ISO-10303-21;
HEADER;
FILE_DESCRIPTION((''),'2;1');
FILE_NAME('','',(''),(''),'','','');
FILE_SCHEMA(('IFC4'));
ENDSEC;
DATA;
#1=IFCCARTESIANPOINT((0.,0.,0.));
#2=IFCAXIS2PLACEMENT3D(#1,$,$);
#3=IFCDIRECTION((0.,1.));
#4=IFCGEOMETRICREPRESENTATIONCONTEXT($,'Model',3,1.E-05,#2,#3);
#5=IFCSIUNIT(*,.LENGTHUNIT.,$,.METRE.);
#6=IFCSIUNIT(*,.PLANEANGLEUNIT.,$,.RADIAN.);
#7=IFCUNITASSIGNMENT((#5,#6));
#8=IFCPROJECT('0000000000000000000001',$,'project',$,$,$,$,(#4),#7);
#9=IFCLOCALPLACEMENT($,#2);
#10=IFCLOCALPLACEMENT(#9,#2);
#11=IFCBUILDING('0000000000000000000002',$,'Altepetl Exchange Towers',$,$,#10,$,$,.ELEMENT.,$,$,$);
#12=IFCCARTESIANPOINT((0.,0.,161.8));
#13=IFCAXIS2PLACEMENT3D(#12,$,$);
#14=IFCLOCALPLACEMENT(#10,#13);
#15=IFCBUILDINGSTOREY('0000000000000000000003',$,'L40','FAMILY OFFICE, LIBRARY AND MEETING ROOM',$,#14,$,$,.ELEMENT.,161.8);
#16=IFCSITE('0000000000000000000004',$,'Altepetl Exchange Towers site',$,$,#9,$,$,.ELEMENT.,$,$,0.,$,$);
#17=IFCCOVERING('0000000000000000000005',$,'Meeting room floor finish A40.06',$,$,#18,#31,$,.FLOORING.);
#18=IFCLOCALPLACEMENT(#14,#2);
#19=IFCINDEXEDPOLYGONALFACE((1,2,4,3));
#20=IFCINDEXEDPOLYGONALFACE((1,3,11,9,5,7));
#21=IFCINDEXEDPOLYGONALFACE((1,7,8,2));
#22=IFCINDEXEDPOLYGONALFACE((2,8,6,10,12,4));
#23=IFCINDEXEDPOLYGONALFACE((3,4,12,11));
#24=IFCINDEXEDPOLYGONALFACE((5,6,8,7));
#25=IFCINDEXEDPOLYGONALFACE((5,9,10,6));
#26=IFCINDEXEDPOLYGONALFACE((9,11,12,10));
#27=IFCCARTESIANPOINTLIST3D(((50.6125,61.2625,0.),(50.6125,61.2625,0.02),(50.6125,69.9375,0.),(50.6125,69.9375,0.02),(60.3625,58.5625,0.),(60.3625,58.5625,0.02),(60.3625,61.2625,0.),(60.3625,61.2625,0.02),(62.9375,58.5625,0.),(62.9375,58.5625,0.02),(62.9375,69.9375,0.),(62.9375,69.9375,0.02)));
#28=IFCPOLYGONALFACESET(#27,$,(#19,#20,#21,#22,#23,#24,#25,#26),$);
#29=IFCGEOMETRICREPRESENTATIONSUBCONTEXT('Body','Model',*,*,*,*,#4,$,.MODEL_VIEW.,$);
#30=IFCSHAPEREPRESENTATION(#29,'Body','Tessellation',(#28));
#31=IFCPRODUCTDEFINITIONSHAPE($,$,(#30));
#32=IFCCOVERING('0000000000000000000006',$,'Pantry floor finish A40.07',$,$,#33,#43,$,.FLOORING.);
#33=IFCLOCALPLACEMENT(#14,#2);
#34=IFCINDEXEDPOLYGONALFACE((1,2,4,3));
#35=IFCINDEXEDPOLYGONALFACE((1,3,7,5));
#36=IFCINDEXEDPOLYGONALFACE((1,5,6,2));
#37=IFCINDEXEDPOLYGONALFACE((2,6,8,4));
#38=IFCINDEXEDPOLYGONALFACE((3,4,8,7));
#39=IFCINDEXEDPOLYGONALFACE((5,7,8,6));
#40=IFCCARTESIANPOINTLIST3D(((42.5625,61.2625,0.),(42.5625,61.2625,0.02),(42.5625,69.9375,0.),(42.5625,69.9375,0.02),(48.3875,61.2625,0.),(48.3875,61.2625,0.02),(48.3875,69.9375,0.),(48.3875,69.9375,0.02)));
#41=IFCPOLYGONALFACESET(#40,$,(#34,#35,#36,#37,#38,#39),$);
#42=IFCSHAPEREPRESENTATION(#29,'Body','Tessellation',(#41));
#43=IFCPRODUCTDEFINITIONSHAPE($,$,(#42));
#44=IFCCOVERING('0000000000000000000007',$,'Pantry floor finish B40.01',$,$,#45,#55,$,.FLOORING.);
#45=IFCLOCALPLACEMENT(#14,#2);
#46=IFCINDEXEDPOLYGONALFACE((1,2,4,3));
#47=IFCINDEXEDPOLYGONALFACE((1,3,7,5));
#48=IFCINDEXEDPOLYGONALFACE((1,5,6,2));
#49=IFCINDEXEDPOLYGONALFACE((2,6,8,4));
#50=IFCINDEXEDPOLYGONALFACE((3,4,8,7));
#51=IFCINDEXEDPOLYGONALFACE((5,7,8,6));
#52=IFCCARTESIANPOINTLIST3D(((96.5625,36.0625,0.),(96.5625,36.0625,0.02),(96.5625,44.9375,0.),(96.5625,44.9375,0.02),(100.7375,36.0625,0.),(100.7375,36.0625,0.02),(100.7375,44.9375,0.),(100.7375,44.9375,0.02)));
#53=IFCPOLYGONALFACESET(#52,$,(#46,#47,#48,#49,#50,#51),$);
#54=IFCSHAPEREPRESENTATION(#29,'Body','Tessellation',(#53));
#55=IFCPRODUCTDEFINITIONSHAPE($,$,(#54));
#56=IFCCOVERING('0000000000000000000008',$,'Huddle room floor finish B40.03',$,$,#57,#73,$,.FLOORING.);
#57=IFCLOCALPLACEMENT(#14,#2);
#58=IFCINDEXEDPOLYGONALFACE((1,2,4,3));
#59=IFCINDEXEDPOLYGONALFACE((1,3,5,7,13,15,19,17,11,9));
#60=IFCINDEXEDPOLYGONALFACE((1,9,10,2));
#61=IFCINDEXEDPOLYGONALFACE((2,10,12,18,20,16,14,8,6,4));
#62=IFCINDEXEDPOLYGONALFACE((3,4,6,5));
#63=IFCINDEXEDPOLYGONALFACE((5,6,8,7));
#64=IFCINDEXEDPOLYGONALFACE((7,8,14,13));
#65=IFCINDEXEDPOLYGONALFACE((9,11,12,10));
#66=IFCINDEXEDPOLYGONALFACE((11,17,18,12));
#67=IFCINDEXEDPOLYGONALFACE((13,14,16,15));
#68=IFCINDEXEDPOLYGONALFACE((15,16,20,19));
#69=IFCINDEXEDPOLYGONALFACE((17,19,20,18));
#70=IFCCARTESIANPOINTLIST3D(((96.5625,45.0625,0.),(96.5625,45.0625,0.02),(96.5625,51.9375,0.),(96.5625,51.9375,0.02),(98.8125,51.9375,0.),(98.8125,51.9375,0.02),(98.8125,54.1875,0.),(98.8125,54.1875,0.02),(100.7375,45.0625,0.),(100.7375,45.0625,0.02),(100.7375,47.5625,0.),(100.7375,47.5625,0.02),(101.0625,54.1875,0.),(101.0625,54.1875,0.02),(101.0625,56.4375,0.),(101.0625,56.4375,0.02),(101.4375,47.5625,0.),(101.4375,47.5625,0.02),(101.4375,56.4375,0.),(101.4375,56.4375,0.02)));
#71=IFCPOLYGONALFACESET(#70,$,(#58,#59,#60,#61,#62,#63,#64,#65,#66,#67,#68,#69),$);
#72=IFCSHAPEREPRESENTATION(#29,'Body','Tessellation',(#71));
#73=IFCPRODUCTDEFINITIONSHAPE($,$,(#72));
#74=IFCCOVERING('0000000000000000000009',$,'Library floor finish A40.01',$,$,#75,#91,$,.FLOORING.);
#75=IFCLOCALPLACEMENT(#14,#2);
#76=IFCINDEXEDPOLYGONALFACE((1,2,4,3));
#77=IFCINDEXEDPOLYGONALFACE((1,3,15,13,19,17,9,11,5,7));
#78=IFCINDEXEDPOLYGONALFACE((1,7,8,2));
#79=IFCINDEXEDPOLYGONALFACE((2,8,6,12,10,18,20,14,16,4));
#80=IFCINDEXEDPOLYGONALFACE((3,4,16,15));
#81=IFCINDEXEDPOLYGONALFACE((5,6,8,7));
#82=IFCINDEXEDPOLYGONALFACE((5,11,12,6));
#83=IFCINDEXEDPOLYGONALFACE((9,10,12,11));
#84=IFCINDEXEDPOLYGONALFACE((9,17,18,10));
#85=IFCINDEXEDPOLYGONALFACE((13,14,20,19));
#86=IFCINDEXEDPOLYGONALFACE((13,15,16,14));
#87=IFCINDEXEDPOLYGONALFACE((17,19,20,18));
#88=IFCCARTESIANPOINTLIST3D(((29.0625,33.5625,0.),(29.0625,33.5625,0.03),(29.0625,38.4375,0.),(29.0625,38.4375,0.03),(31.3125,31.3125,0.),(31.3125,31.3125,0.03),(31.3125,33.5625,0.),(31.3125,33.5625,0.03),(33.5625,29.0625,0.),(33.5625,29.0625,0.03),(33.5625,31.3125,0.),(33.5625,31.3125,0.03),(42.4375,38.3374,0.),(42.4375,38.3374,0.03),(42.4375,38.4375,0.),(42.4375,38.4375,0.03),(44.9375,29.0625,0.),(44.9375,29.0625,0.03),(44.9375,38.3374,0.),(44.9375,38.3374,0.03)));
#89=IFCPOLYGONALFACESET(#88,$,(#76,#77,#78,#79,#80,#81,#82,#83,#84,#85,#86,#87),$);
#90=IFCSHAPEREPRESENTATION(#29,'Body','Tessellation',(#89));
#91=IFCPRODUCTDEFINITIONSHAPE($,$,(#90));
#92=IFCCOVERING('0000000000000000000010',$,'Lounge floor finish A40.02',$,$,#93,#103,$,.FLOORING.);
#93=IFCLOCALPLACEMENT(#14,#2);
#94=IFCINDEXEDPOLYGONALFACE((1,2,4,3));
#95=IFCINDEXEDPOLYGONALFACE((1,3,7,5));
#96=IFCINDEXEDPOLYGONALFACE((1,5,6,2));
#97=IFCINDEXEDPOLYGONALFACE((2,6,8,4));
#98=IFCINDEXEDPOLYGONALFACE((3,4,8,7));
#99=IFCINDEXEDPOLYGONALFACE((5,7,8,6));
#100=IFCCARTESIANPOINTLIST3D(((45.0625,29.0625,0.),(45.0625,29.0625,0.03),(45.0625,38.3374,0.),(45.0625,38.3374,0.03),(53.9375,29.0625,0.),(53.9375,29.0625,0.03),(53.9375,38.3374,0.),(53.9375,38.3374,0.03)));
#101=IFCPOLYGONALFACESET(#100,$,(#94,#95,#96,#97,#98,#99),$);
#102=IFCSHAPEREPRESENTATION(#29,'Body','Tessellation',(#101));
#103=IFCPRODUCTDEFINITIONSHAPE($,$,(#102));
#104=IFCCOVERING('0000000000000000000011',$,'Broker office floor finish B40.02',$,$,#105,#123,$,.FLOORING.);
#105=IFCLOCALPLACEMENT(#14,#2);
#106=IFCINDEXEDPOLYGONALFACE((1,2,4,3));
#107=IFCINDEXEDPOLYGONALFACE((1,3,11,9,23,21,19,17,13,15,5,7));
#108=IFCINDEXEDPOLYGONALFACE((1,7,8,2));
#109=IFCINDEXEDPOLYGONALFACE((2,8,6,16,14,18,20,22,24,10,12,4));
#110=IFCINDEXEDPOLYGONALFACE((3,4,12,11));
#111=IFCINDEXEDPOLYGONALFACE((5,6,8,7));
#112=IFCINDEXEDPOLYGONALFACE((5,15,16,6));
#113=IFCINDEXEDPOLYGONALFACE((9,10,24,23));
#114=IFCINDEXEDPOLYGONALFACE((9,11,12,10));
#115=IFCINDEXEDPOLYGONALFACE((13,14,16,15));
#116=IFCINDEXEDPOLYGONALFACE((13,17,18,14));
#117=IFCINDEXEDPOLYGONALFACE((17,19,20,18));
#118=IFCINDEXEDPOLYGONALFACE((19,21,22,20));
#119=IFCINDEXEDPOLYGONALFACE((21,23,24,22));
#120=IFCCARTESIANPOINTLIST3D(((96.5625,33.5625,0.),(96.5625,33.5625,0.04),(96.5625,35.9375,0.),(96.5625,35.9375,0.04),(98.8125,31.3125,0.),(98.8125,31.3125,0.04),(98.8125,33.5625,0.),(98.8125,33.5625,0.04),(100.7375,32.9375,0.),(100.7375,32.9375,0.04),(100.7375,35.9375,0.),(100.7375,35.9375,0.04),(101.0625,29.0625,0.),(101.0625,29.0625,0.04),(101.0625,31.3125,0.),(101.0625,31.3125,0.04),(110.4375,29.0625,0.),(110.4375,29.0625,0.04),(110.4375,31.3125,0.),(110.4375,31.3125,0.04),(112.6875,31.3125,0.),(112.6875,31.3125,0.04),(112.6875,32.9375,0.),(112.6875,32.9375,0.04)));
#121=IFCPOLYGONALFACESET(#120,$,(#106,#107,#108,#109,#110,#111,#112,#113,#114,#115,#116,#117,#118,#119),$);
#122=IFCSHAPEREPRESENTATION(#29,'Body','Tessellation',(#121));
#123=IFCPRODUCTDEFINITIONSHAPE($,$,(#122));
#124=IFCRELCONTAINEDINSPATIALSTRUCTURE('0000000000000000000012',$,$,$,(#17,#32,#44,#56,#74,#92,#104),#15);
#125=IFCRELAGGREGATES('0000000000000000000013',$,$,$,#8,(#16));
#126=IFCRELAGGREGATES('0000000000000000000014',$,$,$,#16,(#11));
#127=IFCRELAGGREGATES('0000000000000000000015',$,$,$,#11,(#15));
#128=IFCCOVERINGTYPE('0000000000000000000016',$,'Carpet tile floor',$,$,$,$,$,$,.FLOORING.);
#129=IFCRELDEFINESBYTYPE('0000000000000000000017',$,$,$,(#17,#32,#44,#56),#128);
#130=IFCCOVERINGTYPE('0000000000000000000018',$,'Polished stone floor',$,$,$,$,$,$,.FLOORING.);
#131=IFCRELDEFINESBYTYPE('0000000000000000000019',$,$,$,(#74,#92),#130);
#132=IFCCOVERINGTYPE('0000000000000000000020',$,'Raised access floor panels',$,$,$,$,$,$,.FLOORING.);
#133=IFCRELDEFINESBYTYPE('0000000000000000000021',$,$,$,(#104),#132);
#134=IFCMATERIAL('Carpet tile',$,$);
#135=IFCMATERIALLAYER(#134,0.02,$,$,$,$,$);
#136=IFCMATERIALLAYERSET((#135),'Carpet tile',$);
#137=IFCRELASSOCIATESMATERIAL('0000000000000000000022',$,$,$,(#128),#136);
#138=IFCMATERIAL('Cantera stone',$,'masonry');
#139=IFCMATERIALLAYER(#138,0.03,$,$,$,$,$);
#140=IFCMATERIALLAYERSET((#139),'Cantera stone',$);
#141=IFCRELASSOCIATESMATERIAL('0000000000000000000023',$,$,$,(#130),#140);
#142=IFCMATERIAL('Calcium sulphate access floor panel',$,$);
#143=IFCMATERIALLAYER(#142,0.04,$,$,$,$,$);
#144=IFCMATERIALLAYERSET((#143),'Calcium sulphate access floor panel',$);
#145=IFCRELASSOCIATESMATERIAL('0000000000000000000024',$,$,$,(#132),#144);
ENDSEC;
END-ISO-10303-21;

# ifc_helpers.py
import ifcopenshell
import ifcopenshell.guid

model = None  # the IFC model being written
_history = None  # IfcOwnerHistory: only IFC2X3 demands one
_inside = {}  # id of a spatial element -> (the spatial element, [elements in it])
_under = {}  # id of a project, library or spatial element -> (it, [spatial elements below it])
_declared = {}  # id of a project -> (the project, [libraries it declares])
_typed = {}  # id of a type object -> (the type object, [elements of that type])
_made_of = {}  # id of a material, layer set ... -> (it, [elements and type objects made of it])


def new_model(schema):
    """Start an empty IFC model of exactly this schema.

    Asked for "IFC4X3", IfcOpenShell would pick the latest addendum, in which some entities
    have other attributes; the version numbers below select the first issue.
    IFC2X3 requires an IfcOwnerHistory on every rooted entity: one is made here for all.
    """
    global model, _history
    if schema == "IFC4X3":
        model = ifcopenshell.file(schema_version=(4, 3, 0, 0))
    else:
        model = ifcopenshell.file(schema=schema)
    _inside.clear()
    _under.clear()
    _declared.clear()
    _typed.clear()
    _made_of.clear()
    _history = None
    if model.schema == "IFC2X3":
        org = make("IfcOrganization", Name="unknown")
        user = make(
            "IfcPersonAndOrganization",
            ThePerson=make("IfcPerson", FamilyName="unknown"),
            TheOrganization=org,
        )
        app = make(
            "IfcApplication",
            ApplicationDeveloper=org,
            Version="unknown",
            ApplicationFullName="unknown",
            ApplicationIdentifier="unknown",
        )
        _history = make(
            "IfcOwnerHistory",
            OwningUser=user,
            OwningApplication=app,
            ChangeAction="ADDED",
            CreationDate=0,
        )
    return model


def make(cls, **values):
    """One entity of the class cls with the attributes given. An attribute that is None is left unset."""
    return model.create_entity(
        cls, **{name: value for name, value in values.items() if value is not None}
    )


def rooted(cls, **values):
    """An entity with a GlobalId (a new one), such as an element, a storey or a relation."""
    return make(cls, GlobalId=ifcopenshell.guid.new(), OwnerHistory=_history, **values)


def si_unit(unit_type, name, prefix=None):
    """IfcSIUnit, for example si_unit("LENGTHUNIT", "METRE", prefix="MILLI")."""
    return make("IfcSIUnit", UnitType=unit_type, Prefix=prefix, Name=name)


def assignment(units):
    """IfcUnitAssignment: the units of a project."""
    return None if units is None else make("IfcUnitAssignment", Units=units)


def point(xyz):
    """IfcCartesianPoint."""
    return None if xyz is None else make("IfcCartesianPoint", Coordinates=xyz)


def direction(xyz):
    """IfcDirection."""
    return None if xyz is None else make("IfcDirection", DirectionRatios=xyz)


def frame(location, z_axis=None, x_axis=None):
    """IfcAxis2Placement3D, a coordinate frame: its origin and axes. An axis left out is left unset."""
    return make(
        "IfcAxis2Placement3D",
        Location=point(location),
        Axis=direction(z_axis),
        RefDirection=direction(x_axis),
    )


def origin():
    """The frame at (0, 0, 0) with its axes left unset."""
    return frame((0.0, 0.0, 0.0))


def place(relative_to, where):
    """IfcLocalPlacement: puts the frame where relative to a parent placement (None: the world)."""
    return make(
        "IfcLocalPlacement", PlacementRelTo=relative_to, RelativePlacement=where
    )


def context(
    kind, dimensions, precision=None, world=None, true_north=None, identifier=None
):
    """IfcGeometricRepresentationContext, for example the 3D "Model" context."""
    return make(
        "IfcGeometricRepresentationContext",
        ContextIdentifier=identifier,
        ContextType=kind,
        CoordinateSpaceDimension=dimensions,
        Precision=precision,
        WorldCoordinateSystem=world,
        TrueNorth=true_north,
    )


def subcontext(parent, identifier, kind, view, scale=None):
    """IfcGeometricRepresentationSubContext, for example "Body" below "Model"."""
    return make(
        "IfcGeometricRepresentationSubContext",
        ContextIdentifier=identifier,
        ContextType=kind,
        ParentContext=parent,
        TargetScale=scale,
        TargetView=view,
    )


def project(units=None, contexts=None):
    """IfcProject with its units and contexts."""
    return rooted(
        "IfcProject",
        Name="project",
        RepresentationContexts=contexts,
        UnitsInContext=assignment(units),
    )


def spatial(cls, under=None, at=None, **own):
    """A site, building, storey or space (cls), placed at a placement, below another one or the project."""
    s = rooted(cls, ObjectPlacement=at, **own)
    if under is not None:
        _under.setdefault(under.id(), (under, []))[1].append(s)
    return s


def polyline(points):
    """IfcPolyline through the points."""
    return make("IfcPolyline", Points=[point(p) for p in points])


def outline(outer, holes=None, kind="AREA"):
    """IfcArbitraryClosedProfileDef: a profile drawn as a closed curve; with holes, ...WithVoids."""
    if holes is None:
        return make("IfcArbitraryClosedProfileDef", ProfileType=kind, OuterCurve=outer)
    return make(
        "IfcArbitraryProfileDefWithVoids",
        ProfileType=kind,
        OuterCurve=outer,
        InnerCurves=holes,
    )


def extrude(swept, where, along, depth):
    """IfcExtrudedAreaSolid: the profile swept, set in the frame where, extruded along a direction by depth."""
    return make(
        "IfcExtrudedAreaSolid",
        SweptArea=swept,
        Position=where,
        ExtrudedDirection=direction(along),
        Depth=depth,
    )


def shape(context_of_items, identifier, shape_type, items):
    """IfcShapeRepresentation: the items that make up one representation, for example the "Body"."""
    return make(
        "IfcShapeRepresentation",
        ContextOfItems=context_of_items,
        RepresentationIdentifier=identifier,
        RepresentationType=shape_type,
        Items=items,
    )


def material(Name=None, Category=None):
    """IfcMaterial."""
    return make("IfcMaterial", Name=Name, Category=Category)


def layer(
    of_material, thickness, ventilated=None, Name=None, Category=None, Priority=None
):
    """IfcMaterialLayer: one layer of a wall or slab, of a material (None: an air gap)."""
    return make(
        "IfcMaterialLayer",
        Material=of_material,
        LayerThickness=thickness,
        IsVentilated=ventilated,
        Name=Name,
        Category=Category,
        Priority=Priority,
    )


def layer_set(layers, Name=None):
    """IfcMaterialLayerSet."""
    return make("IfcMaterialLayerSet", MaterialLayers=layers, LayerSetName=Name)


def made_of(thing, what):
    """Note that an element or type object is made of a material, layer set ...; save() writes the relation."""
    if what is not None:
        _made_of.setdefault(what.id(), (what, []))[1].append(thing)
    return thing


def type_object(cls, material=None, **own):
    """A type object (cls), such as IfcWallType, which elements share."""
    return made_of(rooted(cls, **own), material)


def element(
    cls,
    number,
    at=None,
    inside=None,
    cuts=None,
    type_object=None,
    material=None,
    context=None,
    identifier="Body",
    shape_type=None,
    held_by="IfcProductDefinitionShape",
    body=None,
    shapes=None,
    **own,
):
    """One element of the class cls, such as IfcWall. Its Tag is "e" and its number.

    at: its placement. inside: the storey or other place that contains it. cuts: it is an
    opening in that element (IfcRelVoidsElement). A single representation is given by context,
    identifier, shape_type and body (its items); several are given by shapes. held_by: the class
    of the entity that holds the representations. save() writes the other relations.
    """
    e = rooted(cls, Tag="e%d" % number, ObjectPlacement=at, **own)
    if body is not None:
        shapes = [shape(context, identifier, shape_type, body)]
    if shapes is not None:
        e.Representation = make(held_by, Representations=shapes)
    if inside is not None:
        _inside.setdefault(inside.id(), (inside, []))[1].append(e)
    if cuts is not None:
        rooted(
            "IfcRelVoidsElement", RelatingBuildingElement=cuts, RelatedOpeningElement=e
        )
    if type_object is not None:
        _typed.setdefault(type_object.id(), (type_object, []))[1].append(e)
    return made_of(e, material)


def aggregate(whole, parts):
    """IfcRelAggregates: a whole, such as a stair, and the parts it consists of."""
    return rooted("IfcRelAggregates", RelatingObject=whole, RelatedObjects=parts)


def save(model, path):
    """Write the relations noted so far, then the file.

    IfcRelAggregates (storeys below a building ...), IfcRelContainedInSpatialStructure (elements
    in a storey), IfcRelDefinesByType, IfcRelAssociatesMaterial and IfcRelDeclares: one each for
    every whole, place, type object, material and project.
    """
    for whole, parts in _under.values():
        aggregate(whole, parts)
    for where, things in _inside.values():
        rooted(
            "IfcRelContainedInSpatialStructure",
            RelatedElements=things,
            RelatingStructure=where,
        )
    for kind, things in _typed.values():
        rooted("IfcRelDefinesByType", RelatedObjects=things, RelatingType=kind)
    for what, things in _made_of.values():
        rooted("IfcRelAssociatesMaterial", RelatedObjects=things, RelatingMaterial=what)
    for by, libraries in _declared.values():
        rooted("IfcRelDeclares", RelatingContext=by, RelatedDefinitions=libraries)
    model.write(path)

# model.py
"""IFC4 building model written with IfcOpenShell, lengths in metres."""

from ifc_helpers import new_model, si_unit, direction, frame, origin, place, context, subcontext, project, spatial, polyline, outline, extrude, material, layer, layer_set, type_object, element, save


model = new_model("IFC4")

# Units and contexts
model_context = context("Model", 3, precision=1e-05, world=origin(), true_north=direction((0.0, 1.0)))
body_context = subcontext(model_context, "Body", "Model", "MODEL_VIEW")
ifc_project = project(units=[si_unit("LENGTHUNIT", "METRE"), si_unit("PLANEANGLEUNIT", "RADIAN")], contexts=[model_context])

# Site, building, storey
site_placement = place(None, origin())
site = spatial("IfcSite", under=ifc_project, at=site_placement, Name="Altepetl Exchange Towers site", CompositionType="ELEMENT", RefElevation=0.0)
building_placement = place(site_placement, origin())
building = spatial("IfcBuilding", under=site, at=building_placement, Name="Altepetl Exchange Towers", CompositionType="ELEMENT")
storey_placement = place(building_placement, frame((0.0, 0.0, 161.8)))
storey = spatial("IfcBuildingStorey", under=building, at=storey_placement, Name="L40", Description="FAMILY OFFICE, LIBRARY AND MEETING ROOM", CompositionType="ELEMENT", Elevation=161.8)

# Coverings
ifc_material_1 = material(Name="Carpet tile")
ifc_layer_1 = layer(ifc_material_1, 0.02)
ifc_layer_set_1 = layer_set([ifc_layer_1], Name="Carpet tile")
covering_type_1 = type_object("IfcCoveringType", Name="Carpet tile floor", PredefinedType="FLOORING", material=ifc_layer_set_1)
covering_1_placement = place(storey_placement, origin())
element("IfcCovering", 1, at=covering_1_placement, inside=storey, type_object=covering_type_1, Name="Meeting room floor finish A40.06", PredefinedType="FLOORING", context=body_context, shape_type="SweptSolid", body=[
    extrude(outline(polyline([(60.3625, 58.5625), (62.9375, 58.5625), (62.9375, 69.9375), (50.6125, 69.9375), (50.6125, 61.2625), (60.3625, 61.2625), (60.3625, 58.5625)])), origin(), (0.0, 0.0, 1.0), 0.02),
])
covering_2_placement = place(storey_placement, origin())
element("IfcCovering", 2, at=covering_2_placement, inside=storey, type_object=covering_type_1, Name="Pantry floor finish A40.07", PredefinedType="FLOORING", context=body_context, shape_type="SweptSolid", body=[
    extrude(outline(polyline([(42.5625, 61.2625), (48.3875, 61.2625), (48.3875, 69.9375), (42.5625, 69.9375), (42.5625, 61.2625)])), origin(), (0.0, 0.0, 1.0), 0.02),
])
covering_3_placement = place(storey_placement, origin())
element("IfcCovering", 3, at=covering_3_placement, inside=storey, type_object=covering_type_1, Name="Pantry floor finish B40.01", PredefinedType="FLOORING", context=body_context, shape_type="SweptSolid", body=[
    extrude(outline(polyline([(96.5625, 36.0625), (100.7375, 36.0625), (100.7375, 44.9375), (96.5625, 44.9375), (96.5625, 36.0625)])), origin(), (0.0, 0.0, 1.0), 0.02),
])
covering_4_placement = place(storey_placement, origin())
element("IfcCovering", 4, at=covering_4_placement, inside=storey, type_object=covering_type_1, Name="Huddle room floor finish B40.03", PredefinedType="FLOORING", context=body_context, shape_type="SweptSolid", body=[
    extrude(outline(polyline([(96.5625, 45.0625), (100.7375, 45.0625), (100.7375, 47.5625), (101.4375, 47.5625), (101.4375, 56.4375), (101.0625, 56.4375), (101.0625, 54.1875), (98.8125, 54.1875), (98.8125, 51.9375), (96.5625, 51.9375), (96.5625, 45.0625)])), origin(), (0.0, 0.0, 1.0), 0.02),
])
ifc_material_2 = material(Name="Cantera stone", Category="masonry")
ifc_layer_2 = layer(ifc_material_2, 0.03)
ifc_layer_set_2 = layer_set([ifc_layer_2], Name="Cantera stone")
covering_type_2 = type_object("IfcCoveringType", Name="Polished stone floor", PredefinedType="FLOORING", material=ifc_layer_set_2)
covering_5_placement = place(storey_placement, origin())
element("IfcCovering", 5, at=covering_5_placement, inside=storey, type_object=covering_type_2, Name="Library floor finish A40.01", PredefinedType="FLOORING", context=body_context, shape_type="SweptSolid", body=[
    extrude(outline(polyline([(33.5625, 29.0625), (44.9375, 29.0625), (44.9375, 38.3374), (42.4375, 38.3374), (42.4375, 38.4375), (29.0625, 38.4375), (29.0625, 33.5625), (31.3125, 33.5625), (31.3125, 31.3125), (33.5625, 31.3125), (33.5625, 29.0625)])), origin(), (0.0, 0.0, 1.0), 0.03),
])
covering_6_placement = place(storey_placement, origin())
element("IfcCovering", 6, at=covering_6_placement, inside=storey, type_object=covering_type_2, Name="Lounge floor finish A40.02", PredefinedType="FLOORING", context=body_context, shape_type="SweptSolid", body=[
    extrude(outline(polyline([(45.0625, 38.3374), (45.0625, 29.0625), (53.9375, 29.0625), (53.9375, 38.3374), (45.0625, 38.3374)])), origin(), (0.0, 0.0, 1.0), 0.03),
])
ifc_material_3 = material(Name="Calcium sulphate access floor panel")
ifc_layer_3 = layer(ifc_material_3, 0.04)
ifc_layer_set_3 = layer_set([ifc_layer_3], Name="Calcium sulphate access floor panel")
covering_type_3 = type_object("IfcCoveringType", Name="Raised access floor panels", PredefinedType="FLOORING", material=ifc_layer_set_3)
covering_7_placement = place(storey_placement, origin())
element("IfcCovering", 7, at=covering_7_placement, inside=storey, type_object=covering_type_3, Name="Broker office floor finish B40.02", PredefinedType="FLOORING", context=body_context, shape_type="SweptSolid", body=[
    extrude(outline(polyline([(112.6875, 31.3125), (112.6875, 32.9375), (100.7375, 32.9375), (100.7375, 35.9375), (96.5625, 35.9375), (96.5625, 33.5625), (98.8125, 33.5625), (98.8125, 31.3125), (101.0625, 31.3125), (101.0625, 29.0625), (110.4375, 29.0625), (110.4375, 31.3125), (112.6875, 31.3125)])), origin(), (0.0, 0.0, 1.0), 0.04),
])

save(model, "model.ifc")
